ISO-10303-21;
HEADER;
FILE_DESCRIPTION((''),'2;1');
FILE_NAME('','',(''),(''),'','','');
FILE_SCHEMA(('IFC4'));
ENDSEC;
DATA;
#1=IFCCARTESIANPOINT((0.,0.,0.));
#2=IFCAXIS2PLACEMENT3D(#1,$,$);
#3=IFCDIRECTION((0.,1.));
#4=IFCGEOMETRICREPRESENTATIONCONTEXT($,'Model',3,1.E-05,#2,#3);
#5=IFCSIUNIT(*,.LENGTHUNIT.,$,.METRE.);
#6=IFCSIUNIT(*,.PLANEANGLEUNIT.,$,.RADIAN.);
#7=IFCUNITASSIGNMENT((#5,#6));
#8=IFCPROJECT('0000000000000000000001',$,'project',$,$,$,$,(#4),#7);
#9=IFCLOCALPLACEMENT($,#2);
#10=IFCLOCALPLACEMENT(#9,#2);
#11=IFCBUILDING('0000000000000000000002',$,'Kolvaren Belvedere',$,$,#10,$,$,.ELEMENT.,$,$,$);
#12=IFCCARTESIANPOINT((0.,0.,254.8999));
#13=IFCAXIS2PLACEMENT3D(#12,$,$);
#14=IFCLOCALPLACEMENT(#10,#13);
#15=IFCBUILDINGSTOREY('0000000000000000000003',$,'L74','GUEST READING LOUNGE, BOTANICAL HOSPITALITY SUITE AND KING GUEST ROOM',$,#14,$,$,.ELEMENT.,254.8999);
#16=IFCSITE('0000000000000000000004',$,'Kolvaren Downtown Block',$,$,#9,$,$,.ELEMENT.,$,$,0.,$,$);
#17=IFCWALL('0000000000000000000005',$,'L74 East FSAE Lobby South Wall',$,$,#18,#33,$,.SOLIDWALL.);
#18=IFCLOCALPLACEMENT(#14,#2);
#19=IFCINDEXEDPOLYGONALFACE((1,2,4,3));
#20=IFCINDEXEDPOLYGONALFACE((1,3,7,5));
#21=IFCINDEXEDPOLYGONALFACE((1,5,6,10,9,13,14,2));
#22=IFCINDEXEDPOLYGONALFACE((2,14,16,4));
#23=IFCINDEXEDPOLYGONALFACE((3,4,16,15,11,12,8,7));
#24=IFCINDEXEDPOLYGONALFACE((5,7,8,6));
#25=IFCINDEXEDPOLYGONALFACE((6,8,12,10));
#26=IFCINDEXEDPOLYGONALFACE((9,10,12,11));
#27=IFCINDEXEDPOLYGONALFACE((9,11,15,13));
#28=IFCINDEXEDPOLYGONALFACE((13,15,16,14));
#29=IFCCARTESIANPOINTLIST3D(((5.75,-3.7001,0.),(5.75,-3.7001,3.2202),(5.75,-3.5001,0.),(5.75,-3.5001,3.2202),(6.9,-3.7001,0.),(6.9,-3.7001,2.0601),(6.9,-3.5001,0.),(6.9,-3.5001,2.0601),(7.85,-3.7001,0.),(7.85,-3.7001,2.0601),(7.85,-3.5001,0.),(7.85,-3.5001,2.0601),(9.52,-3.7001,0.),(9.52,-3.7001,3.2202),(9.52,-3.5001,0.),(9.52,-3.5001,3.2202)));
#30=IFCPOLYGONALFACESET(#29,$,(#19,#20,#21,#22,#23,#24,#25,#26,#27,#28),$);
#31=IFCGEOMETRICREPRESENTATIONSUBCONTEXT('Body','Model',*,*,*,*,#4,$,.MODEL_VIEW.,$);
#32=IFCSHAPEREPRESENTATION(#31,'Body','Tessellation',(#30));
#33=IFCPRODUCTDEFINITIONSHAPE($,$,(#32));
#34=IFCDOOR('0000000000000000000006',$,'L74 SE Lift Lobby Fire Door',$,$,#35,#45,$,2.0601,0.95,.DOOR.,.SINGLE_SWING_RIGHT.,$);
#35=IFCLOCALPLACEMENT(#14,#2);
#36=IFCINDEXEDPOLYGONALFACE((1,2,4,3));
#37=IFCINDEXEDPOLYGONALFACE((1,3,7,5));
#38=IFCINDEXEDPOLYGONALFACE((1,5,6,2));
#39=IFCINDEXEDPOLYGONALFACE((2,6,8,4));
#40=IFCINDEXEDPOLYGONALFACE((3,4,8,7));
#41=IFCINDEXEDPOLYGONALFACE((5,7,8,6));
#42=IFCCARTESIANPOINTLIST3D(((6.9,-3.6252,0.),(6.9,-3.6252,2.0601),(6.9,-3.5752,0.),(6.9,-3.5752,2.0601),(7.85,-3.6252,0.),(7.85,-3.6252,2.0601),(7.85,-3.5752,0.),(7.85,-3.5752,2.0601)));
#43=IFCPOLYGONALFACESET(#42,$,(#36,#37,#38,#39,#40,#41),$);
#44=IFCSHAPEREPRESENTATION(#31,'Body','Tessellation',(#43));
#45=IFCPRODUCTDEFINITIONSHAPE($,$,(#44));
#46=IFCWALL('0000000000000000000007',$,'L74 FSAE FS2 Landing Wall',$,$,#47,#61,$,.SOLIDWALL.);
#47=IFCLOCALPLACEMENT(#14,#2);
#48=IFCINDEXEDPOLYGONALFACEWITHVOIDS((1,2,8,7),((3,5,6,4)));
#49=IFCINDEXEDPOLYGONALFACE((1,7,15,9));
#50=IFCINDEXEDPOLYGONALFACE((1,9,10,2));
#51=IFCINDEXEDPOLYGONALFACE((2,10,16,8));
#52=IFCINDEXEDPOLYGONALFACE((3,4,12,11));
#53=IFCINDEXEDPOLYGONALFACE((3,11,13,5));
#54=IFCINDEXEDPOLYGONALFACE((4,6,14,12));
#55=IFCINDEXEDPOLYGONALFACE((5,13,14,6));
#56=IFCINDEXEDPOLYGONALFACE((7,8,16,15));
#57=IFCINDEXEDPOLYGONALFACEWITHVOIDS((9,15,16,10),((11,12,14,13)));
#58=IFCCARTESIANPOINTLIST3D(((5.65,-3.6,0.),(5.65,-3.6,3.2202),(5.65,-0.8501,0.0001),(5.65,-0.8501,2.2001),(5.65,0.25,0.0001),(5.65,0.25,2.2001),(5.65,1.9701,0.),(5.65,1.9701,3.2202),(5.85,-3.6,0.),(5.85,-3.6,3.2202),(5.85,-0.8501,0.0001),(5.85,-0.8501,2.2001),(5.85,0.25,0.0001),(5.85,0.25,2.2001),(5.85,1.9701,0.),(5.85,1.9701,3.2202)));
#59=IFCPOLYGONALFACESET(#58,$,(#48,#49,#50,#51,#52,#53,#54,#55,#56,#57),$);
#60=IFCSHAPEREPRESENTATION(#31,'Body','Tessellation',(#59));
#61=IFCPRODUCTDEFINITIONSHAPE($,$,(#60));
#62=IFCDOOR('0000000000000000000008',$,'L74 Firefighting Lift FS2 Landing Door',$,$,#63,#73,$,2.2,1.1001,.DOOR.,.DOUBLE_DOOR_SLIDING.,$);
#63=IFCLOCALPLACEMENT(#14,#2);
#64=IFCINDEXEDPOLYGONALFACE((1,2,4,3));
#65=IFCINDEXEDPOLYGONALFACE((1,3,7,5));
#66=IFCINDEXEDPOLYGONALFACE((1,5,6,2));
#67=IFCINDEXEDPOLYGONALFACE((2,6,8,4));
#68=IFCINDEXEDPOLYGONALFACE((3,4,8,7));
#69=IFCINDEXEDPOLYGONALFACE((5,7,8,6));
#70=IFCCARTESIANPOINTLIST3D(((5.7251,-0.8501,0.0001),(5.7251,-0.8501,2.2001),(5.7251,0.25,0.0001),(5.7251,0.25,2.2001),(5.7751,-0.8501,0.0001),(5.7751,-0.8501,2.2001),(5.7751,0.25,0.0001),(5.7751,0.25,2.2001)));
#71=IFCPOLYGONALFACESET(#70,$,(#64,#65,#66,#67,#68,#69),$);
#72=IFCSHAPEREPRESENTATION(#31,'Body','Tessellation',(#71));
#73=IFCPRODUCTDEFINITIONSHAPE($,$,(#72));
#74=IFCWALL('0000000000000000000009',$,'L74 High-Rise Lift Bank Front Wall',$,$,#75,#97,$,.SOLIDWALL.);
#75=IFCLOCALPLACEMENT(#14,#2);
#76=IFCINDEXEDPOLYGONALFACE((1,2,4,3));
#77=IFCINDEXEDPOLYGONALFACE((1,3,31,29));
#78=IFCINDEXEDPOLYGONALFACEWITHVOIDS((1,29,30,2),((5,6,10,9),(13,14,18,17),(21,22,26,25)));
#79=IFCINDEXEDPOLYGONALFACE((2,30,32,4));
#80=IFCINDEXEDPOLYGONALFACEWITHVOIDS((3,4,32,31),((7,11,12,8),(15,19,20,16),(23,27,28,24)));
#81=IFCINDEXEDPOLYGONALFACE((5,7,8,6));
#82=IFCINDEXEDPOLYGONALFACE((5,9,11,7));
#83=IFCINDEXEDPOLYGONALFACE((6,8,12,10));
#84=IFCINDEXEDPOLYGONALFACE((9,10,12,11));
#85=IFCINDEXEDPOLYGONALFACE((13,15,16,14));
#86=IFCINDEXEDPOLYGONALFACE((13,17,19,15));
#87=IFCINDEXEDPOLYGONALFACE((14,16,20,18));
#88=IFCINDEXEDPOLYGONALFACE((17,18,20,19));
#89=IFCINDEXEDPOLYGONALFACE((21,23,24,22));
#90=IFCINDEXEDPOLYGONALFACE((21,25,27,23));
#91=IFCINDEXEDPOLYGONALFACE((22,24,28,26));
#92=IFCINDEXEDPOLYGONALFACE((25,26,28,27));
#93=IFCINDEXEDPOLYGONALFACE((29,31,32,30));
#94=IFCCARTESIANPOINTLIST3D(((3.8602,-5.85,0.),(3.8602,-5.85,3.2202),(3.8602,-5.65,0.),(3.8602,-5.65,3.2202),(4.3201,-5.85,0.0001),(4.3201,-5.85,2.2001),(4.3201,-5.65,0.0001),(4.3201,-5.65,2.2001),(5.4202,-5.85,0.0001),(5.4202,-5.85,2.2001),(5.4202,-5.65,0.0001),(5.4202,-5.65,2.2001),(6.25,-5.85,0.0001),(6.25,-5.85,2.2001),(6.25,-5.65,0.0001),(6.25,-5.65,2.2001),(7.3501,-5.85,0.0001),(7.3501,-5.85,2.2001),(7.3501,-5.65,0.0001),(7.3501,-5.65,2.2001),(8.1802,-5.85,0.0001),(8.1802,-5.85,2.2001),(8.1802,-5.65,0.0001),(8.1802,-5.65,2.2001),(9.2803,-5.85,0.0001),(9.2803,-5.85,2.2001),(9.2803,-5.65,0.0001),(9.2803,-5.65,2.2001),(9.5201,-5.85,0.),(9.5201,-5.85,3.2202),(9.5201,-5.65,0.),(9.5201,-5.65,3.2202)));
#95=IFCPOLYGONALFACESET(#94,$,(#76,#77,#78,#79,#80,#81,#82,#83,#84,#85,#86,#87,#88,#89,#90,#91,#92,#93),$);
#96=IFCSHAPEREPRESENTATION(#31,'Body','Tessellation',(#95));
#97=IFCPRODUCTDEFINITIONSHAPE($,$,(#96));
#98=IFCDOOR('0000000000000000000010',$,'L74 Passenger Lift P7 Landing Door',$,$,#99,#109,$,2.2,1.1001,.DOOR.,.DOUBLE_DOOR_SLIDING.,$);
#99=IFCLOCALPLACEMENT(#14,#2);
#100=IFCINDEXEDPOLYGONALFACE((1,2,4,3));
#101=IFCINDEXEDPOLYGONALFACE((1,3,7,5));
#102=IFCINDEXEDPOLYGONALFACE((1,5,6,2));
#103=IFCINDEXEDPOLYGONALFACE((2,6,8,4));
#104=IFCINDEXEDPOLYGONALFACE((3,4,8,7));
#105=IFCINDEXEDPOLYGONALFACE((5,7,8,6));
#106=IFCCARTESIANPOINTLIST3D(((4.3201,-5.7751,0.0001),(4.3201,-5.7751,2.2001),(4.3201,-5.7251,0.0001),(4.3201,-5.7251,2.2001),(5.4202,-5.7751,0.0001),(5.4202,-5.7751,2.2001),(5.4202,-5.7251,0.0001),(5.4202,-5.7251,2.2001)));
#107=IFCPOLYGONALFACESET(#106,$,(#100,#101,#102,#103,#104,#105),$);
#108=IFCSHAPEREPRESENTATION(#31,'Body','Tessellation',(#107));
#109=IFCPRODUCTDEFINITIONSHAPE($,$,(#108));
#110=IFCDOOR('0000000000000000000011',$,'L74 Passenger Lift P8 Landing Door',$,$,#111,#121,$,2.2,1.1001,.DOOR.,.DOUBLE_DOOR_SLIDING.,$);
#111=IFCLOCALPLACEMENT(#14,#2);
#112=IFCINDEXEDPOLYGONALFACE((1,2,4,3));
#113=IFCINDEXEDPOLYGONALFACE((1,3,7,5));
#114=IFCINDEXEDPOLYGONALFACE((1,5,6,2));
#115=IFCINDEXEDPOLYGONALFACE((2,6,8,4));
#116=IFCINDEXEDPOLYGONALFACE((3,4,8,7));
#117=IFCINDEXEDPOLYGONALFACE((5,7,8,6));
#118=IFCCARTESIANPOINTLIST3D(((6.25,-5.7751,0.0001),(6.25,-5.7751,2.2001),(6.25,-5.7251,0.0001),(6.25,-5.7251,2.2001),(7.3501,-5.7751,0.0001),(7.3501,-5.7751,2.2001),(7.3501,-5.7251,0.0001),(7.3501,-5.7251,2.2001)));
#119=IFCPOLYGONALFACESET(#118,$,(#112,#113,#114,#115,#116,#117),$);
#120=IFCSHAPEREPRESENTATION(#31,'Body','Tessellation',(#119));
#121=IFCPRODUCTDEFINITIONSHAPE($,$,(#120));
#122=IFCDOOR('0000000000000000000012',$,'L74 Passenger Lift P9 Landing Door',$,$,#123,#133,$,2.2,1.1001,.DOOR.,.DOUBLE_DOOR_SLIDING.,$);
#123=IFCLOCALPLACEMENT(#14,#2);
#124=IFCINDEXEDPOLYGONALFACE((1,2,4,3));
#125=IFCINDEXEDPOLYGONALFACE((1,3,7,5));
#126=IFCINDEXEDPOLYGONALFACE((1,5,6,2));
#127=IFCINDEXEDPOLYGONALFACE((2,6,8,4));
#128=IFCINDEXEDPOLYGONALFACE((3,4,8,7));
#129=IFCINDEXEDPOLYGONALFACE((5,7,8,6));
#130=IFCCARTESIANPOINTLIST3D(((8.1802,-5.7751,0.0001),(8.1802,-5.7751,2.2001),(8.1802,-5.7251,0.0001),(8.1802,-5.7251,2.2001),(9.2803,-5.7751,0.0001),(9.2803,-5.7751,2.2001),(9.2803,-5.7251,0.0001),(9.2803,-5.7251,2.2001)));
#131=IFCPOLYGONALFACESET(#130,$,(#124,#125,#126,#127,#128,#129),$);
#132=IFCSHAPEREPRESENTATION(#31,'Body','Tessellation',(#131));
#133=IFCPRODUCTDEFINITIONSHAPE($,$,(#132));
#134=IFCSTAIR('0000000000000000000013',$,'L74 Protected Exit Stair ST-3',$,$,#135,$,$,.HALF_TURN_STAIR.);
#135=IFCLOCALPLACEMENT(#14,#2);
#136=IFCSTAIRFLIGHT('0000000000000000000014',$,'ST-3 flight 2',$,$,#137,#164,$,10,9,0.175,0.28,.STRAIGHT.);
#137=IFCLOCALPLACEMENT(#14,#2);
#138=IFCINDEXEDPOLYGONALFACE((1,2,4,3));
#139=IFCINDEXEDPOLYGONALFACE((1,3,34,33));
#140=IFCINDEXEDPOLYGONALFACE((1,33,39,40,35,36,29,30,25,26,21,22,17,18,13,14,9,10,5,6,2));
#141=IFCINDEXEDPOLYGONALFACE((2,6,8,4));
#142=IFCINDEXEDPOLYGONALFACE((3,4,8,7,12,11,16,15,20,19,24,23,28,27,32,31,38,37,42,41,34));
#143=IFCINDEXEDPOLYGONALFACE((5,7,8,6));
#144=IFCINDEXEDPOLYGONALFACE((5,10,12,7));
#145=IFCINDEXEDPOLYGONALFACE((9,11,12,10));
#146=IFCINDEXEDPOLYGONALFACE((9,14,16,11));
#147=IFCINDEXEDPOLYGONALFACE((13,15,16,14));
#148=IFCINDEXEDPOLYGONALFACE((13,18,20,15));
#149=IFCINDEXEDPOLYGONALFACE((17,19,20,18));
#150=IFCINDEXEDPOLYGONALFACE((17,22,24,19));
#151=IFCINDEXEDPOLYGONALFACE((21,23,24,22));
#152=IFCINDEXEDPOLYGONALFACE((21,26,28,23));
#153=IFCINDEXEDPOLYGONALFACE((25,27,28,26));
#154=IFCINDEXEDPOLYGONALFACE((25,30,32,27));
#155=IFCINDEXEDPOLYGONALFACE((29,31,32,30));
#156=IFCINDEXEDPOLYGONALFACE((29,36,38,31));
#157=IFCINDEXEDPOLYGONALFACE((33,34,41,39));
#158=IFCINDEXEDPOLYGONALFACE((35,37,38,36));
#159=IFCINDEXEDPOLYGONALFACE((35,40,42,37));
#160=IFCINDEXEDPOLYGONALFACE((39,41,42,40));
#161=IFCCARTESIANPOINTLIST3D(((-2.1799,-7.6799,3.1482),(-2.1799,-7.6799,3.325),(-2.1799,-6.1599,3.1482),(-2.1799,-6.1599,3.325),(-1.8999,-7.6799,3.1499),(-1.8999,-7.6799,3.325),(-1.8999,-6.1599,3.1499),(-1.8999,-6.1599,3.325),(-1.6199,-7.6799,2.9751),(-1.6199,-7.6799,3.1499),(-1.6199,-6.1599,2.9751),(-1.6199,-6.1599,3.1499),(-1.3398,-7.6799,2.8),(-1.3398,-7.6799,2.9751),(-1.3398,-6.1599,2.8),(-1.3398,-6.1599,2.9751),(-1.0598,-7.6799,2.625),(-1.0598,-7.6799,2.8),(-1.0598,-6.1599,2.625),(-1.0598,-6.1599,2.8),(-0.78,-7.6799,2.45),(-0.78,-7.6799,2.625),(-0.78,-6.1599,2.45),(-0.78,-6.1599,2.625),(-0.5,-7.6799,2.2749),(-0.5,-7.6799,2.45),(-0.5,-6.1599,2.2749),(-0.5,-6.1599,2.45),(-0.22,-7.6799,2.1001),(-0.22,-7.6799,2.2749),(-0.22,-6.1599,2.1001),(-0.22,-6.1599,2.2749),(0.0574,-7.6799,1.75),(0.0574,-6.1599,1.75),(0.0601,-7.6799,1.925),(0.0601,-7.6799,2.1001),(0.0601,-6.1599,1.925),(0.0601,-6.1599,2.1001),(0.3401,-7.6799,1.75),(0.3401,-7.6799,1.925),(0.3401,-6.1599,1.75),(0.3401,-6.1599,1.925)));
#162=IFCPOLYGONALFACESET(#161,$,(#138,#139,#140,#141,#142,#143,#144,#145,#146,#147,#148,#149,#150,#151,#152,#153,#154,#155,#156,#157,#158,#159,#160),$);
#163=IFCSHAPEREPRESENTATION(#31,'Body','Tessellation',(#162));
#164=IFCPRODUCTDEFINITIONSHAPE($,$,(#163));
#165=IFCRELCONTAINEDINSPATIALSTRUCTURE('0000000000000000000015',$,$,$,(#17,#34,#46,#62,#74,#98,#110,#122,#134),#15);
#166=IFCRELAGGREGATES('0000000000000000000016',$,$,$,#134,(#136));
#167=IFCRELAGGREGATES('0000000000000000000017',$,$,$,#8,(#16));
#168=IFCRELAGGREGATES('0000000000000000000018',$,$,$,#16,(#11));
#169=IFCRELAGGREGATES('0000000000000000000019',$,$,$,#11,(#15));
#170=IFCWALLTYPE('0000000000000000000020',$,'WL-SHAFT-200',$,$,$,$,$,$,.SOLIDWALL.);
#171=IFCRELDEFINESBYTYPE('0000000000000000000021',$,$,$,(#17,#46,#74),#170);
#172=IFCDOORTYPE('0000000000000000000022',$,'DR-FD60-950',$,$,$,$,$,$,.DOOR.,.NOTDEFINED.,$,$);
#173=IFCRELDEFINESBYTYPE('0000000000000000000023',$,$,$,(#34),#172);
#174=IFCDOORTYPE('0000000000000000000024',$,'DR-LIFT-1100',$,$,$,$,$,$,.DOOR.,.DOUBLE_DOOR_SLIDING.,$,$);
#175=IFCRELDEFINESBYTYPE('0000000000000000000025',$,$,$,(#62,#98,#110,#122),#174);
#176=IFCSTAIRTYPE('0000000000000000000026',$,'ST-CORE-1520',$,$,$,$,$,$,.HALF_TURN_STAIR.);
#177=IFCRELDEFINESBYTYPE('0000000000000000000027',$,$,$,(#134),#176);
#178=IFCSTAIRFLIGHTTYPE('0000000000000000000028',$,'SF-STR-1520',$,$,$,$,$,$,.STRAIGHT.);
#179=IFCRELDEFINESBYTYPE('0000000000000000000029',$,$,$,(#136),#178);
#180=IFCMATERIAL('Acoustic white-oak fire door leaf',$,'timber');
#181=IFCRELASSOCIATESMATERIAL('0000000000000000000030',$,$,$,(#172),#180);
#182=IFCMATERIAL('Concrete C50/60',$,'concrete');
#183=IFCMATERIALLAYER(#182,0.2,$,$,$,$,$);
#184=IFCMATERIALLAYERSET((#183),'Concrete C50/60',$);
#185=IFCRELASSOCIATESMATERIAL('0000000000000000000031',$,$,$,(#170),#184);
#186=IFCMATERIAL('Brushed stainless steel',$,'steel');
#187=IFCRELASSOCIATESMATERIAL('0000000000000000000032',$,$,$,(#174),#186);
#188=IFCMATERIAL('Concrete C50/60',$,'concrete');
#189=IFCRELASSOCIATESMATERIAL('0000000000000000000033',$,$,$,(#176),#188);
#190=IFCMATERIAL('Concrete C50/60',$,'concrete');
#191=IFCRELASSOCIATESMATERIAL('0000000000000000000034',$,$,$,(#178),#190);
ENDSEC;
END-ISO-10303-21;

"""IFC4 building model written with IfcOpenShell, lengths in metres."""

from ifc_helpers import new_model, si_unit, direction, frame, frame_2d, origin, place, context, subcontext, project, spatial, polyline, rectangle, outline, extrude, material, layer, layer_set, type_object, element, fill, aggregate, save


model = new_model("IFC4")

# Units and contexts
model_context = context("Model", 3, precision=1e-05, world=origin(), true_north=direction((0.0, 1.0)))
body_context = subcontext(model_context, "Body", "Model", "MODEL_VIEW")
ifc_project = project(units=[si_unit("LENGTHUNIT", "METRE"), si_unit("PLANEANGLEUNIT", "RADIAN")], contexts=[model_context])

# Site, building, storey
site_placement = place(None, origin())
site = spatial("IfcSite", under=ifc_project, at=site_placement, Name="Kolvaren Downtown Block", CompositionType="ELEMENT", RefElevation=0.0)
building_placement = place(site_placement, origin())
building = spatial("IfcBuilding", under=site, at=building_placement, Name="Kolvaren Belvedere", CompositionType="ELEMENT")
storey_placement = place(building_placement, frame((0.0, 0.0, 254.8999)))
storey = spatial("IfcBuildingStorey", under=building, at=storey_placement, Name="L74", Description="GUEST READING LOUNGE, BOTANICAL HOSPITALITY SUITE AND KING GUEST ROOM", CompositionType="ELEMENT", Elevation=254.8999)

# Walls, openings, doors
ifc_material_1 = material(Name="Acoustic white-oak fire door leaf", Category="timber")
door_type_1 = type_object("IfcDoorType", Name="DR-FD60-950", OperationType="NOTDEFINED", PredefinedType="DOOR", material=ifc_material_1)
ifc_material_2 = material(Name="Concrete C50/60", Category="concrete")
ifc_layer_1 = layer(ifc_material_2, 0.2)
ifc_layer_set_1 = layer_set([ifc_layer_1], Name="Concrete C50/60")
wall_type_1 = type_object("IfcWallType", Name="WL-SHAFT-200", PredefinedType="SOLIDWALL", material=ifc_layer_set_1)
wall_1_placement = place(storey_placement, frame((5.75, -3.6001, 0.0), z_axis=(0.0, 0.0, 1.0), x_axis=(1.0, 0.0, 0.0)))
wall_1 = element("IfcWall", 1, at=wall_1_placement, inside=storey, type_object=wall_type_1, Name="L74 East FSAE Lobby South Wall", PredefinedType="SOLIDWALL", context=body_context, shape_type="SweptSolid", body=[
    extrude(rectangle(XDim=3.77, YDim=0.2, at=frame_2d((1.885, 0.0))), origin(), (0.0, 0.0, 1.0), 3.2202),
])
opening_1_placement = place(wall_1_placement, frame((1.1499, 0.0, 0.0)))
opening_1 = element("IfcOpeningElement", 2, at=opening_1_placement, cuts=wall_1, PredefinedType="OPENING", context=body_context, shape_type="SweptSolid", body=[
    extrude(rectangle(XDim=0.95, YDim=2.0601, at=frame_2d((0.4751, 1.03))), frame((0.0, 0.1099, 0.0), z_axis=(0.0, -1.0, 0.0), x_axis=(1.0, 0.0, 0.0)), (0.0, 0.0, 1.0), 0.22),
])
door_1_placement = place(opening_1_placement, origin())
door_1 = element("IfcDoor", 3, at=door_1_placement, inside=storey, type_object=door_type_1, Name="L74 SE Lift Lobby Fire Door", OperationType="SINGLE_SWING_RIGHT", OverallHeight=2.0601, OverallWidth=0.95, PredefinedType="DOOR", context=body_context, shape_type="SweptSolid", body=[
    extrude(rectangle(XDim=0.95, YDim=2.0601, at=frame_2d((0.4751, 1.03))), frame((0.0, 0.0249, 0.0), z_axis=(0.0, -1.0, 0.0), x_axis=(1.0, 0.0, 0.0)), (0.0, 0.0, 1.0), 0.05),
])
fill(opening_1, door_1)
wall_2_placement = place(storey_placement, frame((5.75, -3.6001, 0.0), z_axis=(0.0, 0.0, 1.0), x_axis=(0.0, 1.0, 0.0)))
wall_2 = element("IfcWall", 4, at=wall_2_placement, inside=storey, type_object=wall_type_1, Name="L74 FSAE FS2 Landing Wall", PredefinedType="SOLIDWALL", context=body_context, shape_type="SweptSolid", body=[
    extrude(rectangle(XDim=5.5701, YDim=0.2, at=frame_2d((2.7852, 0.0))), origin(), (0.0, 0.0, 1.0), 3.2202),
])
opening_2_placement = place(wall_2_placement, frame((2.75, 0.0, 0.0)))
opening_2 = element("IfcOpeningElement", 5, at=opening_2_placement, cuts=wall_2, PredefinedType="OPENING", context=body_context, shape_type="SweptSolid", body=[
    extrude(rectangle(XDim=1.1001, YDim=2.2, at=frame_2d((0.55, 1.1001))), frame((0.0, 0.1099, 0.0), z_axis=(0.0, -1.0, 0.0), x_axis=(1.0, 0.0, 0.0)), (0.0, 0.0, 1.0), 0.22),
])
ifc_material_3 = material(Name="Brushed stainless steel", Category="steel")
door_type_2 = type_object("IfcDoorType", Name="DR-LIFT-1100", OperationType="DOUBLE_DOOR_SLIDING", PredefinedType="DOOR", material=ifc_material_3)
door_2_placement = place(opening_2_placement, origin())
door_2 = element("IfcDoor", 6, at=door_2_placement, inside=storey, type_object=door_type_2, Name="L74 Firefighting Lift FS2 Landing Door", OperationType="DOUBLE_DOOR_SLIDING", OverallHeight=2.2, OverallWidth=1.1001, PredefinedType="DOOR", context=body_context, shape_type="SweptSolid", body=[
    extrude(rectangle(XDim=1.1001, YDim=2.2, at=frame_2d((0.55, 1.1001))), frame((0.0, 0.0249, 0.0), z_axis=(0.0, -1.0, 0.0), x_axis=(1.0, 0.0, 0.0)), (0.0, 0.0, 1.0), 0.05),
])
fill(opening_2, door_2)

# Wall, openings, doors
wall_3_placement = place(storey_placement, frame((3.8601, -5.75, 0.0), z_axis=(0.0, 0.0, 1.0), x_axis=(1.0, 0.0, 0.0)))
wall_3 = element("IfcWall", 7, at=wall_3_placement, inside=storey, type_object=wall_type_1, Name="L74 High-Rise Lift Bank Front Wall", PredefinedType="SOLIDWALL", context=body_context, shape_type="SweptSolid", body=[
    extrude(rectangle(XDim=5.6599, YDim=0.2, at=frame_2d((2.8301, 0.0))), origin(), (0.0, 0.0, 1.0), 3.2202),
])
opening_3_placement = place(wall_3_placement, frame((0.46, 0.0, 0.0)))
opening_3 = element("IfcOpeningElement", 8, at=opening_3_placement, cuts=wall_3, PredefinedType="OPENING", context=body_context, shape_type="SweptSolid", body=[
    extrude(rectangle(XDim=1.1001, YDim=2.2, at=frame_2d((0.55, 1.1001))), frame((0.0, 0.1099, 0.0), z_axis=(0.0, -1.0, 0.0), x_axis=(1.0, 0.0, 0.0)), (0.0, 0.0, 1.0), 0.22),
])
opening_4_placement = place(wall_3_placement, frame((2.3899, 0.0, 0.0)))
opening_4 = element("IfcOpeningElement", 9, at=opening_4_placement, cuts=wall_3, PredefinedType="OPENING", context=body_context, shape_type="SweptSolid", body=[
    extrude(rectangle(XDim=1.1001, YDim=2.2, at=frame_2d((0.55, 1.1001))), frame((0.0, 0.1099, 0.0), z_axis=(0.0, -1.0, 0.0), x_axis=(1.0, 0.0, 0.0)), (0.0, 0.0, 1.0), 0.22),
])
opening_5_placement = place(wall_3_placement, frame((4.3201, 0.0, 0.0)))
opening_5 = element("IfcOpeningElement", 10, at=opening_5_placement, cuts=wall_3, PredefinedType="OPENING", context=body_context, shape_type="SweptSolid", body=[
    extrude(rectangle(XDim=1.1001, YDim=2.2, at=frame_2d((0.55, 1.1001))), frame((0.0, 0.1099, 0.0), z_axis=(0.0, -1.0, 0.0), x_axis=(1.0, 0.0, 0.0)), (0.0, 0.0, 1.0), 0.22),
])
door_3_placement = place(opening_3_placement, origin())
door_3 = element("IfcDoor", 11, at=door_3_placement, inside=storey, type_object=door_type_2, Name="L74 Passenger Lift P7 Landing Door", OperationType="DOUBLE_DOOR_SLIDING", OverallHeight=2.2, OverallWidth=1.1001, PredefinedType="DOOR", context=body_context, shape_type="SweptSolid", body=[
    extrude(rectangle(XDim=1.1001, YDim=2.2, at=frame_2d((0.55, 1.1001))), frame((0.0, 0.0249, 0.0), z_axis=(0.0, -1.0, 0.0), x_axis=(1.0, 0.0, 0.0)), (0.0, 0.0, 1.0), 0.05),
])
fill(opening_3, door_3)
door_4_placement = place(opening_4_placement, origin())
door_4 = element("IfcDoor", 12, at=door_4_placement, inside=storey, type_object=door_type_2, Name="L74 Passenger Lift P8 Landing Door", OperationType="DOUBLE_DOOR_SLIDING", OverallHeight=2.2, OverallWidth=1.1001, PredefinedType="DOOR", context=body_context, shape_type="SweptSolid", body=[
    extrude(rectangle(XDim=1.1001, YDim=2.2, at=frame_2d((0.55, 1.1001))), frame((0.0, 0.0249, 0.0), z_axis=(0.0, -1.0, 0.0), x_axis=(1.0, 0.0, 0.0)), (0.0, 0.0, 1.0), 0.05),
])
fill(opening_4, door_4)
door_5_placement = place(opening_5_placement, origin())
door_5 = element("IfcDoor", 13, at=door_5_placement, inside=storey, type_object=door_type_2, Name="L74 Passenger Lift P9 Landing Door", OperationType="DOUBLE_DOOR_SLIDING", OverallHeight=2.2, OverallWidth=1.1001, PredefinedType="DOOR", context=body_context, shape_type="SweptSolid", body=[
    extrude(rectangle(XDim=1.1001, YDim=2.2, at=frame_2d((0.55, 1.1001))), frame((0.0, 0.0249, 0.0), z_axis=(0.0, -1.0, 0.0), x_axis=(1.0, 0.0, 0.0)), (0.0, 0.0, 1.0), 0.05),
])
fill(opening_5, door_5)

# Stair, stair flight
ifc_material_4 = material(Name="Concrete C50/60", Category="concrete")
stair_type = type_object("IfcStairType", Name="ST-CORE-1520", PredefinedType="HALF_TURN_STAIR", material=ifc_material_4)
stair_placement = place(storey_placement, origin())
stair = element("IfcStair", 14, at=stair_placement, inside=storey, type_object=stair_type, Name="L74 Protected Exit Stair ST-3", PredefinedType="HALF_TURN_STAIR")
ifc_material_5 = material(Name="Concrete C50/60", Category="concrete")
stair_flight_type = type_object("IfcStairFlightType", Name="SF-STR-1520", PredefinedType="STRAIGHT", material=ifc_material_5)
stair_flight_placement = place(storey_placement, frame((0.3401, -6.9199, 1.75), z_axis=(0.0, 0.0, 1.0), x_axis=(-1.0, 0.0, 0.0)))
stair_flight = element("IfcStairFlight", 15, at=stair_flight_placement, type_object=stair_flight_type, Name="ST-3 flight 2", NumberOfRisers=10, NumberOfTreads=9, PredefinedType="STRAIGHT", RiserHeight=0.175, TreadLength=0.28, context=body_context, shape_type="SweptSolid", body=[
    extrude(outline(polyline([(0.0, 0.0), (0.0, 0.175), (0.28, 0.175), (0.28, 0.3501), (0.5601, 0.3501), (0.5601, 0.5249), (0.8401, 0.5249), (0.8401, 0.7), (1.1201, 0.7), (1.1201, 0.875), (1.3999, 0.875), (1.3999, 1.05), (1.6799, 1.05), (1.6799, 1.2251), (1.96, 1.2251), (1.96, 1.3999), (2.24, 1.3999), (2.24, 1.575), (2.52, 1.575), (2.52, 1.75), (2.52, 1.3982), (0.2827, 0.0), (0.0, 0.0)])), frame((0.0, 0.76, 0.0), z_axis=(0.0, -1.0, 0.0), x_axis=(1.0, 0.0, 0.0)), (0.0, 0.0, 1.0), 1.52),
])
aggregate(stair, [stair_flight])

save(model, "model.ifc")
